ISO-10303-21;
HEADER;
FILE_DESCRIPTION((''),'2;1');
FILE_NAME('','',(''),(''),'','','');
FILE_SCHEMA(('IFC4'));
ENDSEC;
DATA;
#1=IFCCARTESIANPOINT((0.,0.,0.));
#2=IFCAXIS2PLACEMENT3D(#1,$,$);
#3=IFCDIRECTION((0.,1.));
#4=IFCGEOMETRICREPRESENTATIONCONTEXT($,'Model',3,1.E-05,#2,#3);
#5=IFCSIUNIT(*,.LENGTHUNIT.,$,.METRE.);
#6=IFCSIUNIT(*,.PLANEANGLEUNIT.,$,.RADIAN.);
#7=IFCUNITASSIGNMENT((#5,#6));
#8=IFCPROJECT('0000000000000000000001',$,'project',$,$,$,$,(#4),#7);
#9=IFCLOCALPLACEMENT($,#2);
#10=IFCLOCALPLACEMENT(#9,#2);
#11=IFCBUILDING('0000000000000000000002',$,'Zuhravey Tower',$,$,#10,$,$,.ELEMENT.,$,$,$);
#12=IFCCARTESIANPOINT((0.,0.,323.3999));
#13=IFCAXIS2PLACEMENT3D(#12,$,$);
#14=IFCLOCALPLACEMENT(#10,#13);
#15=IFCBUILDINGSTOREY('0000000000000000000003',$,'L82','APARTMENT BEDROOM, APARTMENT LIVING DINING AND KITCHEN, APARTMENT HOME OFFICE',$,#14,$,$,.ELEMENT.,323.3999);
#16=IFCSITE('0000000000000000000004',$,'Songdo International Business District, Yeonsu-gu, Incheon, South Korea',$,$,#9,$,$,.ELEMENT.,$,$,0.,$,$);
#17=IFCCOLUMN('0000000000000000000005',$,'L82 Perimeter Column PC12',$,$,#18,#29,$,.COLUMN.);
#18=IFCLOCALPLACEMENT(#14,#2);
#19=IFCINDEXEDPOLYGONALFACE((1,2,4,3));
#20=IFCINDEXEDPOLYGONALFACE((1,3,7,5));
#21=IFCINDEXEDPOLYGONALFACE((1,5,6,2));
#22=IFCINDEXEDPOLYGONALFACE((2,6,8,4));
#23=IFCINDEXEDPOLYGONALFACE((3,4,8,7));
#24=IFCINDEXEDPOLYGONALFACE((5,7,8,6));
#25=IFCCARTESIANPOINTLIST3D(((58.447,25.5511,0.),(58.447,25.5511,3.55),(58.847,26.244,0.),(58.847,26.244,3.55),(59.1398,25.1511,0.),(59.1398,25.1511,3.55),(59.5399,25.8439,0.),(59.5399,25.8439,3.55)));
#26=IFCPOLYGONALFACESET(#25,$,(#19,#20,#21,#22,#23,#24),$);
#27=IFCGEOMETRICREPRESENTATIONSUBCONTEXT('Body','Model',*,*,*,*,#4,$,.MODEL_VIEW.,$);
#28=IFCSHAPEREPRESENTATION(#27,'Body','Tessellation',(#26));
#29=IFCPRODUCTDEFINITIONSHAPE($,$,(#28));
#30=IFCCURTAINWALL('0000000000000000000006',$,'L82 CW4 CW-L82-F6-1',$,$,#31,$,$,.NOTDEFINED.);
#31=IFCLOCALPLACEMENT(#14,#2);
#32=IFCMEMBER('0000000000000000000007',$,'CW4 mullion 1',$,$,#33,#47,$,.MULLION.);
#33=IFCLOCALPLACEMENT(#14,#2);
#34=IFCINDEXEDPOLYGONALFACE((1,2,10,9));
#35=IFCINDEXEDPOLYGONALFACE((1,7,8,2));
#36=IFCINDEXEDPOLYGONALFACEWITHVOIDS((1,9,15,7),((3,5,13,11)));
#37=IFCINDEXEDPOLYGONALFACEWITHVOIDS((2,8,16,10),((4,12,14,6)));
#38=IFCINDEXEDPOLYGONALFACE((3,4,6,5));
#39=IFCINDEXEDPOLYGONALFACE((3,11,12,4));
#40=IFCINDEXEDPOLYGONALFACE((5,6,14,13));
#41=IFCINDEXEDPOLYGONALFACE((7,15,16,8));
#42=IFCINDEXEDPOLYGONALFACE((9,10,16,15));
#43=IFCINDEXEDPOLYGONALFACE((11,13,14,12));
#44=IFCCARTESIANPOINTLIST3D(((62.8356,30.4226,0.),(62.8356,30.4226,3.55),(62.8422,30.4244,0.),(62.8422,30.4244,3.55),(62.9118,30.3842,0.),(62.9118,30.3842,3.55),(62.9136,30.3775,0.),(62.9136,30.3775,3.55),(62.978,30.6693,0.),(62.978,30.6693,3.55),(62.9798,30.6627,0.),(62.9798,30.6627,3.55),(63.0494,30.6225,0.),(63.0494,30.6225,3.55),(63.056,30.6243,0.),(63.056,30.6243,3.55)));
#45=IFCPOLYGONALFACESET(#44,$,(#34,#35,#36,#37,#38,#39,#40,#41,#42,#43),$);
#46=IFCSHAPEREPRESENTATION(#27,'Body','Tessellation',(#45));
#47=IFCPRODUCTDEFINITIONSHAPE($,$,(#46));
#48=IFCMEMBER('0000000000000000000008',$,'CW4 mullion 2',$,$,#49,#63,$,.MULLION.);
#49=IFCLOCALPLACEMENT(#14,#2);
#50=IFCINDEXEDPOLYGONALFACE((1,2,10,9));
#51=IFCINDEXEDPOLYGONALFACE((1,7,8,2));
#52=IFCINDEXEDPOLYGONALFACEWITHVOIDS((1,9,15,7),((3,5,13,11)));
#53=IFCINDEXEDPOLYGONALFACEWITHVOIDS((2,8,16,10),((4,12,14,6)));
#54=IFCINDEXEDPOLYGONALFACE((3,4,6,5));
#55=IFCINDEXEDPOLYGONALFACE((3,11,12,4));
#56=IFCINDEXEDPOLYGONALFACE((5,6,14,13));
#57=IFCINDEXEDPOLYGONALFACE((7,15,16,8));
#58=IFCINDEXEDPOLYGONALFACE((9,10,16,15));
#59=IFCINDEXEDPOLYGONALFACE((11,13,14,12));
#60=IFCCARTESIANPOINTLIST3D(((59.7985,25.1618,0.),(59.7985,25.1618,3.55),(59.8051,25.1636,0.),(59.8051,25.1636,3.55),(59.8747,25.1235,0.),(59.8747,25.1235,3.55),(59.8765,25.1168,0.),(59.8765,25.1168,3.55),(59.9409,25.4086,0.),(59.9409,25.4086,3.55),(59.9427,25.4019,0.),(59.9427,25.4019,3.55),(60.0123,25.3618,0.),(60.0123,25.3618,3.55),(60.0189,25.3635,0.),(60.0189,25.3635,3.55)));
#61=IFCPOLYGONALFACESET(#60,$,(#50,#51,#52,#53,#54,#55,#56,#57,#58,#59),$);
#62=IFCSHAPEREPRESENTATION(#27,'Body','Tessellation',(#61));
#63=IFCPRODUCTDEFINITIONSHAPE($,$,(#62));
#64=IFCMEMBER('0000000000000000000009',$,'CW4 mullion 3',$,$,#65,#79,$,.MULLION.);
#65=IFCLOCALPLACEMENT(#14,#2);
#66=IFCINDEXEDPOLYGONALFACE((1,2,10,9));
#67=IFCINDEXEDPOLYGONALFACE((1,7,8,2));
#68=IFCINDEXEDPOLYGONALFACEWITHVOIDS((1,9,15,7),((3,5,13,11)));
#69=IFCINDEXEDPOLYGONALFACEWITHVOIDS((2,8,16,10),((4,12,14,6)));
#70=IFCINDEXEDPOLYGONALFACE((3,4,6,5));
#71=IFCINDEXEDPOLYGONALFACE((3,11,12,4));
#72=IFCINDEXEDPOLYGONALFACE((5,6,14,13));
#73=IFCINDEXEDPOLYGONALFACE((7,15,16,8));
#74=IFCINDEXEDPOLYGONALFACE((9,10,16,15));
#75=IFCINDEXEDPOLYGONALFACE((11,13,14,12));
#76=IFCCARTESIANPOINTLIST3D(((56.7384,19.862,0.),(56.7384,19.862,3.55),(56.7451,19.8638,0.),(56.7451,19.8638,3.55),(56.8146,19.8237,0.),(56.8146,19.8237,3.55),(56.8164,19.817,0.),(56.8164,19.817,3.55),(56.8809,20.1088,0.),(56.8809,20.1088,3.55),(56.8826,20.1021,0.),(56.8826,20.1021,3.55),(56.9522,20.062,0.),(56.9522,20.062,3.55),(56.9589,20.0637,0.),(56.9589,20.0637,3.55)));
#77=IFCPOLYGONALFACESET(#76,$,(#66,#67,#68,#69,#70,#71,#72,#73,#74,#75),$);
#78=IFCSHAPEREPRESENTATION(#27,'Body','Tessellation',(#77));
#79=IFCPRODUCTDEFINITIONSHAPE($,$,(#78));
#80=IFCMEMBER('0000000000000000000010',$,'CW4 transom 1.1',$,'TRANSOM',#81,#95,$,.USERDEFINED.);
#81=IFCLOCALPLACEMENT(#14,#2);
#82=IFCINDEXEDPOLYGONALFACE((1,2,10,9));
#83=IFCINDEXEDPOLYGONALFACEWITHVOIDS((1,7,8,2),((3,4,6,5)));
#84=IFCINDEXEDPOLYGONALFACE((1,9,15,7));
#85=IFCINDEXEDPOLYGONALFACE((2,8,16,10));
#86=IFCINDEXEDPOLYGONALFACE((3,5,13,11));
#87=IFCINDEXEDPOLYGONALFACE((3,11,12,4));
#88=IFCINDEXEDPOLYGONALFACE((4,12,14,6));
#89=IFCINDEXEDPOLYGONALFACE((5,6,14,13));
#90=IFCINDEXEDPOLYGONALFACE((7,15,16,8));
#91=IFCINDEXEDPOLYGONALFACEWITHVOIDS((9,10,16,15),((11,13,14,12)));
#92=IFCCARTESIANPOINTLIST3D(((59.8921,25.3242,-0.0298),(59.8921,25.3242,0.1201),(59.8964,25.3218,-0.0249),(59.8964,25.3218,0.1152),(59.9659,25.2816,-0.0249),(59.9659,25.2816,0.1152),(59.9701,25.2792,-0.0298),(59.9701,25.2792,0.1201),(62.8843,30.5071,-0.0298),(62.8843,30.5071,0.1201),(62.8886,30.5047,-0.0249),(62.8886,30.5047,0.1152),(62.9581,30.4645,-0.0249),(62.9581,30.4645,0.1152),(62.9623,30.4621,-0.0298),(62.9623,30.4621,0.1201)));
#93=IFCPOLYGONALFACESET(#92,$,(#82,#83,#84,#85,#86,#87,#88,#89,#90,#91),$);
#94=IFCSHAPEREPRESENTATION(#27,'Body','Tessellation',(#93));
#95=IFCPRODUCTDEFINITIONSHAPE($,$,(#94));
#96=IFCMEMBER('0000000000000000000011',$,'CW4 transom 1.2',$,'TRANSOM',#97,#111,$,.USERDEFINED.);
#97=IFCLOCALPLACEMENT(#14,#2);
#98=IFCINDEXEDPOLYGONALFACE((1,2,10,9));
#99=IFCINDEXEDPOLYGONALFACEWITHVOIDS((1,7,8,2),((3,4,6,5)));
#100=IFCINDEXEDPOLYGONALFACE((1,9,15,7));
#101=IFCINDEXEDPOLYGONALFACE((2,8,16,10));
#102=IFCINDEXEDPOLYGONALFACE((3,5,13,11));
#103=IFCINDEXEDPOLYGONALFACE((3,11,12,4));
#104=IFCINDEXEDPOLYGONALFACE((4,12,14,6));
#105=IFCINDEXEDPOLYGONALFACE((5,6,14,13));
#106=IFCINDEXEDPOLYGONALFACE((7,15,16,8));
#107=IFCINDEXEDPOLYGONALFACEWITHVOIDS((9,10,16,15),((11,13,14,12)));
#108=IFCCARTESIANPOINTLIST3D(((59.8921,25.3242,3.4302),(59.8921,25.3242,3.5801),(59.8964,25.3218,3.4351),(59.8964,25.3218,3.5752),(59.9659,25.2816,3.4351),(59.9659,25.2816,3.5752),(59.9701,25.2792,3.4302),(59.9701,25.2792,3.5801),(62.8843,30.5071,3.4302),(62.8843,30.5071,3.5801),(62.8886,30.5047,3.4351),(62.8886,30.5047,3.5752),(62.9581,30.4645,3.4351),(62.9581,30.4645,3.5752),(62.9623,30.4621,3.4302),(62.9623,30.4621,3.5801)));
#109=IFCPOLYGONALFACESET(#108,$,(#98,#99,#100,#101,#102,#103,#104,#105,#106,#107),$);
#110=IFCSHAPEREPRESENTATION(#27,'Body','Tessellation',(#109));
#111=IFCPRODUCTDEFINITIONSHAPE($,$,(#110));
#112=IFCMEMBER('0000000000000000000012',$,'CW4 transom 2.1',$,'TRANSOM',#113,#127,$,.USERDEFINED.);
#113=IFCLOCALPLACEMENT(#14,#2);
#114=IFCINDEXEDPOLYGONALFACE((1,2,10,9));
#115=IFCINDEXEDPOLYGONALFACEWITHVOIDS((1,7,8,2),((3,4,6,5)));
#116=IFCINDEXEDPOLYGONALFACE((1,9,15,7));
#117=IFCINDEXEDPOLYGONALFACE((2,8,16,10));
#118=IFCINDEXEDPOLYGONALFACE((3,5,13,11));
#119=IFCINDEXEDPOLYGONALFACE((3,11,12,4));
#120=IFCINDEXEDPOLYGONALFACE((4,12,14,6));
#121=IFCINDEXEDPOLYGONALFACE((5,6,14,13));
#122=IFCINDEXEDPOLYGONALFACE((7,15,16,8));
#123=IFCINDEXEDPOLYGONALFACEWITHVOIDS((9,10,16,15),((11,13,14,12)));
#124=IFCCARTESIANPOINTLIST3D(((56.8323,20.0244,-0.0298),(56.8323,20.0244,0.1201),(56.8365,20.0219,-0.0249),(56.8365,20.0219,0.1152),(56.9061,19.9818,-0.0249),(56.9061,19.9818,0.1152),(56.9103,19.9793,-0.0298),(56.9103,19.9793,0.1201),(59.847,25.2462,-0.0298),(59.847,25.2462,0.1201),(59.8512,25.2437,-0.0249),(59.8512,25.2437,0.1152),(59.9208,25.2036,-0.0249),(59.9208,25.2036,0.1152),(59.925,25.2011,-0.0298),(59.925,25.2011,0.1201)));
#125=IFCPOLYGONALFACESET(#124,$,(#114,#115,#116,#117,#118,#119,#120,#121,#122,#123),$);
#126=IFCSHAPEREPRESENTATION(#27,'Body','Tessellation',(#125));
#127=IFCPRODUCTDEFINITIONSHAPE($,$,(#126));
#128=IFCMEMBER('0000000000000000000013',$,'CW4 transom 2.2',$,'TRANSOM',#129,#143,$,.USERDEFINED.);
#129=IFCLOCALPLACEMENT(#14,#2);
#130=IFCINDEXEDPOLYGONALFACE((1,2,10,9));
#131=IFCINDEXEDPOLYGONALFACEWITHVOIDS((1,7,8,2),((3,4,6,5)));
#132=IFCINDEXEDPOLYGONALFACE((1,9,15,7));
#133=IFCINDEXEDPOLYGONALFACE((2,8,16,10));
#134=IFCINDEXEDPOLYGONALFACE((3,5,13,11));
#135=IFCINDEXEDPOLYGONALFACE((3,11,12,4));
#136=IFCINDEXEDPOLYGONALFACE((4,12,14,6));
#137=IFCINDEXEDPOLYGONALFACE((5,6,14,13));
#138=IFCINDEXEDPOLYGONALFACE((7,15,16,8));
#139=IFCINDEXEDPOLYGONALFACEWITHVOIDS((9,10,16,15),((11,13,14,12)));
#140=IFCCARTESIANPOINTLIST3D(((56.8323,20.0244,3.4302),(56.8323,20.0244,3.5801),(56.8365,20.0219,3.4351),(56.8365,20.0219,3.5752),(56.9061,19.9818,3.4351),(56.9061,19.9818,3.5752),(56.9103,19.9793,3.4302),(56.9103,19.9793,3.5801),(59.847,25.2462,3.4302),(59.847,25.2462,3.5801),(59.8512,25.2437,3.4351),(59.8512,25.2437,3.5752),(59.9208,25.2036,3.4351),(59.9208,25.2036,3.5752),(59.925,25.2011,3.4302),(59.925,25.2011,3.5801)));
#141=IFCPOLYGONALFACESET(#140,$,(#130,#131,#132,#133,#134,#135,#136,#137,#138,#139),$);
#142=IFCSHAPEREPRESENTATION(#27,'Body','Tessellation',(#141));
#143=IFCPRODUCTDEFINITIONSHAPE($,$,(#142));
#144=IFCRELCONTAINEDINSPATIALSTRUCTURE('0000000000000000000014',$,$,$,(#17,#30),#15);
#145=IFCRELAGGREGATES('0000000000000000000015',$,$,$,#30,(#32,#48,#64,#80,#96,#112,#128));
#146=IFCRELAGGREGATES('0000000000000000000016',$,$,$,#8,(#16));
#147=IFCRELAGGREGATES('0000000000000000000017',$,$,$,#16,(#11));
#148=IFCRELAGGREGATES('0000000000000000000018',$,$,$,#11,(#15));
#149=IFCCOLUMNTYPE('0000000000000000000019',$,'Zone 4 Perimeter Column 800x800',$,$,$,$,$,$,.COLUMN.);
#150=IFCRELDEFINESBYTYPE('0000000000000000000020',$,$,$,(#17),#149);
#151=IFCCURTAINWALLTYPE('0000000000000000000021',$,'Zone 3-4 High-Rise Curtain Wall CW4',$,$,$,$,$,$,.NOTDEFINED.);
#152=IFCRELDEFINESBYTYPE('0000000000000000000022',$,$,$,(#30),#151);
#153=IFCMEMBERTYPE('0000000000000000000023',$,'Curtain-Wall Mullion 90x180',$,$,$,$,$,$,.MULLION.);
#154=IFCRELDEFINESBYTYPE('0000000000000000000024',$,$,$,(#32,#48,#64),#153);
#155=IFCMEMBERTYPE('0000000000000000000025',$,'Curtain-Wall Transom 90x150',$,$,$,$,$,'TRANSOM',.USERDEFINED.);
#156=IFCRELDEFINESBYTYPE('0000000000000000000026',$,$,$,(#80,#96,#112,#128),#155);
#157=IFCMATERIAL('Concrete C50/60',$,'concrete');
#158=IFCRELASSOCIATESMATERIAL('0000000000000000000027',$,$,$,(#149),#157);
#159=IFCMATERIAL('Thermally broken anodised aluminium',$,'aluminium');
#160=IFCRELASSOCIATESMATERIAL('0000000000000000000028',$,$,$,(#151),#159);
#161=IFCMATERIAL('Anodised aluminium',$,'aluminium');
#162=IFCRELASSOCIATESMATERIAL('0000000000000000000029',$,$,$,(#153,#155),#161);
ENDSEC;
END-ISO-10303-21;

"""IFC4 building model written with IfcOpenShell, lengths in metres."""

from ifc_helpers import new_model, si_unit, direction, frame, origin, origin_2d, place, context, subcontext, project, spatial, rectangle, hollow_rectangle, extrude, material, material_profile, profile_set, type_object, element, aggregate, save


model = new_model("IFC4")

# Units and contexts
model_context = context("Model", 3, precision=1e-05, world=origin(), true_north=direction((0.0, 1.0)))
body_context = subcontext(model_context, "Body", "Model", "MODEL_VIEW")
ifc_project = project(units=[si_unit("LENGTHUNIT", "METRE"), si_unit("PLANEANGLEUNIT", "RADIAN")], contexts=[model_context])

# Site, building, storey
site_placement = place(None, origin())
site = spatial("IfcSite", under=ifc_project, at=site_placement, Name="Songdo International Business District, Yeonsu-gu, Incheon, South Korea", CompositionType="ELEMENT", RefElevation=0.0)
building_placement = place(site_placement, origin())
building = spatial("IfcBuilding", under=site, at=building_placement, Name="Zuhravey Tower", CompositionType="ELEMENT")
storey_placement = place(building_placement, frame((0.0, 0.0, 323.3999)))
storey = spatial("IfcBuildingStorey", under=building, at=storey_placement, Name="L82", Description="APARTMENT BEDROOM, APARTMENT LIVING DINING AND KITCHEN, APARTMENT HOME OFFICE", CompositionType="ELEMENT", Elevation=323.3999)

# Column
ifc_material_1 = material(Name="Concrete C50/60", Category="concrete")
ifc_material_profile_1 = material_profile(ifc_material_1, rectangle(XDim=0.8, YDim=0.8, at=origin_2d()), Name="RC-800x800")
ifc_profile_set_1 = profile_set([ifc_material_profile_1], Name="Concrete C50/60")
column_type = type_object("IfcColumnType", Name="Zone 4 Perimeter Column 800x800", PredefinedType="COLUMN", material=ifc_profile_set_1)
column_placement = place(storey_placement, frame((58.9934, 25.6975, 0.0), z_axis=(0.0, 0.0, 1.0), x_axis=(0.5, 0.866025, 0.0)))
element("IfcColumn", 1, at=column_placement, inside=storey, type_object=column_type, Name="L82 Perimeter Column PC12", PredefinedType="COLUMN", context=body_context, shape_type="SweptSolid", body=[
    extrude(rectangle(XDim=0.8, YDim=0.8, at=origin_2d()), origin(), (0.0, 0.0, 1.0), 3.55),
])

# Curtain wall, members
ifc_material_2 = material(Name="Thermally broken anodised aluminium", Category="aluminium")
curtain_wall_type = type_object("IfcCurtainWallType", Name="Zone 3-4 High-Rise Curtain Wall CW4", PredefinedType="NOTDEFINED", material=ifc_material_2)
curtain_wall_placement = place(storey_placement, origin())
curtain_wall = element("IfcCurtainWall", 2, at=curtain_wall_placement, inside=storey, type_object=curtain_wall_type, Name="L82 CW4 CW-L82-F6-1", PredefinedType="NOTDEFINED")
ifc_material_3 = material(Name="Anodised aluminium", Category="aluminium")
ifc_material_profile_2 = material_profile(ifc_material_3, hollow_rectangle(XDim=0.0901, YDim=0.2849, WallThickness=0.0049, at=origin_2d()), Name="ALU-RHS-90x285x5")
ifc_profile_set_2 = profile_set([ifc_material_profile_2], Name="Anodised aluminium")
member_type_1 = type_object("IfcMemberType", Name="Curtain-Wall Mullion 90x180", PredefinedType="MULLION", material=ifc_profile_set_2)
member_1_placement = place(storey_placement, frame((62.9458, 30.5234, 0.0), z_axis=(0.0, 0.0, 1.0), x_axis=(0.866026, -0.5, 0.0)))
member_1 = element("IfcMember", 3, at=member_1_placement, type_object=member_type_1, Name="CW4 mullion 1", PredefinedType="MULLION", context=body_context, shape_type="SweptSolid", body=[
    extrude(hollow_rectangle(XDim=0.0901, YDim=0.2849, WallThickness=0.0049, at=origin_2d()), origin(), (0.0, 0.0, 1.0), 3.55),
])
member_2_placement = place(storey_placement, frame((59.9087, 25.2627, 0.0), z_axis=(0.0, 0.0, 1.0), x_axis=(0.866026, -0.5, 0.0)))
member_2 = element("IfcMember", 4, at=member_2_placement, type_object=member_type_1, Name="CW4 mullion 2", PredefinedType="MULLION", context=body_context, shape_type="SweptSolid", body=[
    extrude(hollow_rectangle(XDim=0.0901, YDim=0.2849, WallThickness=0.0049, at=origin_2d()), origin(), (0.0, 0.0, 1.0), 3.55),
])
member_3_placement = place(storey_placement, frame((56.8486, 19.9629, 0.0), z_axis=(0.0, 0.0, 1.0), x_axis=(0.866026, -0.5, 0.0)))
member_3 = element("IfcMember", 5, at=member_3_placement, type_object=member_type_1, Name="CW4 mullion 3", PredefinedType="MULLION", context=body_context, shape_type="SweptSolid", body=[
    extrude(hollow_rectangle(XDim=0.0901, YDim=0.2849, WallThickness=0.0049, at=origin_2d()), origin(), (0.0, 0.0, 1.0), 3.55),
])
ifc_material_profile_3 = material_profile(ifc_material_3, hollow_rectangle(XDim=0.0901, YDim=0.1499, WallThickness=0.0049, at=origin_2d()), Name="ALU-RHS-90x150x5")
ifc_profile_set_3 = profile_set([ifc_material_profile_3], Name="Anodised aluminium")
member_type_2 = type_object("IfcMemberType", Name="Curtain-Wall Transom 90x150", ElementType="TRANSOM", PredefinedType="USERDEFINED", material=ifc_profile_set_3)
member_4_placement = place(storey_placement, frame((62.9233, 30.4846, 0.0452), z_axis=(-0.499983, -0.866035, 0.0), x_axis=(0.866035, -0.499983, 0.0)))
member_4 = element("IfcMember", 6, at=member_4_placement, type_object=member_type_2, Name="CW4 transom 1.1", ObjectType="TRANSOM", PredefinedType="USERDEFINED", context=body_context, shape_type="SweptSolid", body=[
    extrude(hollow_rectangle(XDim=0.0901, YDim=0.1499, WallThickness=0.0049, at=origin_2d()), origin(), (0.0, 0.0, 1.0), 5.9846),
])
member_5_placement = place(storey_placement, frame((62.9233, 30.4846, 3.5051), z_axis=(-0.499983, -0.866035, 0.0), x_axis=(0.866035, -0.499983, 0.0)))
member_5 = element("IfcMember", 7, at=member_5_placement, type_object=member_type_2, Name="CW4 transom 1.2", ObjectType="TRANSOM", PredefinedType="USERDEFINED", context=body_context, shape_type="SweptSolid", body=[
    extrude(hollow_rectangle(XDim=0.0901, YDim=0.1499, WallThickness=0.0049, at=origin_2d()), origin(), (0.0, 0.0, 1.0), 5.9846),
])
member_6_placement = place(storey_placement, frame((59.886, 25.2236, 0.0452), z_axis=(-0.499989, -0.866032, 0.0), x_axis=(0.866032, -0.499989, 0.0)))
member_6 = element("IfcMember", 8, at=member_6_placement, type_object=member_type_2, Name="CW4 transom 2.1", ObjectType="TRANSOM", PredefinedType="USERDEFINED", context=body_context, shape_type="SweptSolid", body=[
    extrude(hollow_rectangle(XDim=0.0901, YDim=0.1499, WallThickness=0.0049, at=origin_2d()), origin(), (0.0, 0.0, 1.0), 6.0295),
])
member_7_placement = place(storey_placement, frame((59.886, 25.2236, 3.5051), z_axis=(-0.499989, -0.866032, 0.0), x_axis=(0.866032, -0.499989, 0.0)))
member_7 = element("IfcMember", 9, at=member_7_placement, type_object=member_type_2, Name="CW4 transom 2.2", ObjectType="TRANSOM", PredefinedType="USERDEFINED", context=body_context, shape_type="SweptSolid", body=[
    extrude(hollow_rectangle(XDim=0.0901, YDim=0.1499, WallThickness=0.0049, at=origin_2d()), origin(), (0.0, 0.0, 1.0), 6.0295),
])

aggregate(curtain_wall, [member_1, member_2, member_3, member_4, member_5, member_6, member_7])

save(model, "model.ifc")
